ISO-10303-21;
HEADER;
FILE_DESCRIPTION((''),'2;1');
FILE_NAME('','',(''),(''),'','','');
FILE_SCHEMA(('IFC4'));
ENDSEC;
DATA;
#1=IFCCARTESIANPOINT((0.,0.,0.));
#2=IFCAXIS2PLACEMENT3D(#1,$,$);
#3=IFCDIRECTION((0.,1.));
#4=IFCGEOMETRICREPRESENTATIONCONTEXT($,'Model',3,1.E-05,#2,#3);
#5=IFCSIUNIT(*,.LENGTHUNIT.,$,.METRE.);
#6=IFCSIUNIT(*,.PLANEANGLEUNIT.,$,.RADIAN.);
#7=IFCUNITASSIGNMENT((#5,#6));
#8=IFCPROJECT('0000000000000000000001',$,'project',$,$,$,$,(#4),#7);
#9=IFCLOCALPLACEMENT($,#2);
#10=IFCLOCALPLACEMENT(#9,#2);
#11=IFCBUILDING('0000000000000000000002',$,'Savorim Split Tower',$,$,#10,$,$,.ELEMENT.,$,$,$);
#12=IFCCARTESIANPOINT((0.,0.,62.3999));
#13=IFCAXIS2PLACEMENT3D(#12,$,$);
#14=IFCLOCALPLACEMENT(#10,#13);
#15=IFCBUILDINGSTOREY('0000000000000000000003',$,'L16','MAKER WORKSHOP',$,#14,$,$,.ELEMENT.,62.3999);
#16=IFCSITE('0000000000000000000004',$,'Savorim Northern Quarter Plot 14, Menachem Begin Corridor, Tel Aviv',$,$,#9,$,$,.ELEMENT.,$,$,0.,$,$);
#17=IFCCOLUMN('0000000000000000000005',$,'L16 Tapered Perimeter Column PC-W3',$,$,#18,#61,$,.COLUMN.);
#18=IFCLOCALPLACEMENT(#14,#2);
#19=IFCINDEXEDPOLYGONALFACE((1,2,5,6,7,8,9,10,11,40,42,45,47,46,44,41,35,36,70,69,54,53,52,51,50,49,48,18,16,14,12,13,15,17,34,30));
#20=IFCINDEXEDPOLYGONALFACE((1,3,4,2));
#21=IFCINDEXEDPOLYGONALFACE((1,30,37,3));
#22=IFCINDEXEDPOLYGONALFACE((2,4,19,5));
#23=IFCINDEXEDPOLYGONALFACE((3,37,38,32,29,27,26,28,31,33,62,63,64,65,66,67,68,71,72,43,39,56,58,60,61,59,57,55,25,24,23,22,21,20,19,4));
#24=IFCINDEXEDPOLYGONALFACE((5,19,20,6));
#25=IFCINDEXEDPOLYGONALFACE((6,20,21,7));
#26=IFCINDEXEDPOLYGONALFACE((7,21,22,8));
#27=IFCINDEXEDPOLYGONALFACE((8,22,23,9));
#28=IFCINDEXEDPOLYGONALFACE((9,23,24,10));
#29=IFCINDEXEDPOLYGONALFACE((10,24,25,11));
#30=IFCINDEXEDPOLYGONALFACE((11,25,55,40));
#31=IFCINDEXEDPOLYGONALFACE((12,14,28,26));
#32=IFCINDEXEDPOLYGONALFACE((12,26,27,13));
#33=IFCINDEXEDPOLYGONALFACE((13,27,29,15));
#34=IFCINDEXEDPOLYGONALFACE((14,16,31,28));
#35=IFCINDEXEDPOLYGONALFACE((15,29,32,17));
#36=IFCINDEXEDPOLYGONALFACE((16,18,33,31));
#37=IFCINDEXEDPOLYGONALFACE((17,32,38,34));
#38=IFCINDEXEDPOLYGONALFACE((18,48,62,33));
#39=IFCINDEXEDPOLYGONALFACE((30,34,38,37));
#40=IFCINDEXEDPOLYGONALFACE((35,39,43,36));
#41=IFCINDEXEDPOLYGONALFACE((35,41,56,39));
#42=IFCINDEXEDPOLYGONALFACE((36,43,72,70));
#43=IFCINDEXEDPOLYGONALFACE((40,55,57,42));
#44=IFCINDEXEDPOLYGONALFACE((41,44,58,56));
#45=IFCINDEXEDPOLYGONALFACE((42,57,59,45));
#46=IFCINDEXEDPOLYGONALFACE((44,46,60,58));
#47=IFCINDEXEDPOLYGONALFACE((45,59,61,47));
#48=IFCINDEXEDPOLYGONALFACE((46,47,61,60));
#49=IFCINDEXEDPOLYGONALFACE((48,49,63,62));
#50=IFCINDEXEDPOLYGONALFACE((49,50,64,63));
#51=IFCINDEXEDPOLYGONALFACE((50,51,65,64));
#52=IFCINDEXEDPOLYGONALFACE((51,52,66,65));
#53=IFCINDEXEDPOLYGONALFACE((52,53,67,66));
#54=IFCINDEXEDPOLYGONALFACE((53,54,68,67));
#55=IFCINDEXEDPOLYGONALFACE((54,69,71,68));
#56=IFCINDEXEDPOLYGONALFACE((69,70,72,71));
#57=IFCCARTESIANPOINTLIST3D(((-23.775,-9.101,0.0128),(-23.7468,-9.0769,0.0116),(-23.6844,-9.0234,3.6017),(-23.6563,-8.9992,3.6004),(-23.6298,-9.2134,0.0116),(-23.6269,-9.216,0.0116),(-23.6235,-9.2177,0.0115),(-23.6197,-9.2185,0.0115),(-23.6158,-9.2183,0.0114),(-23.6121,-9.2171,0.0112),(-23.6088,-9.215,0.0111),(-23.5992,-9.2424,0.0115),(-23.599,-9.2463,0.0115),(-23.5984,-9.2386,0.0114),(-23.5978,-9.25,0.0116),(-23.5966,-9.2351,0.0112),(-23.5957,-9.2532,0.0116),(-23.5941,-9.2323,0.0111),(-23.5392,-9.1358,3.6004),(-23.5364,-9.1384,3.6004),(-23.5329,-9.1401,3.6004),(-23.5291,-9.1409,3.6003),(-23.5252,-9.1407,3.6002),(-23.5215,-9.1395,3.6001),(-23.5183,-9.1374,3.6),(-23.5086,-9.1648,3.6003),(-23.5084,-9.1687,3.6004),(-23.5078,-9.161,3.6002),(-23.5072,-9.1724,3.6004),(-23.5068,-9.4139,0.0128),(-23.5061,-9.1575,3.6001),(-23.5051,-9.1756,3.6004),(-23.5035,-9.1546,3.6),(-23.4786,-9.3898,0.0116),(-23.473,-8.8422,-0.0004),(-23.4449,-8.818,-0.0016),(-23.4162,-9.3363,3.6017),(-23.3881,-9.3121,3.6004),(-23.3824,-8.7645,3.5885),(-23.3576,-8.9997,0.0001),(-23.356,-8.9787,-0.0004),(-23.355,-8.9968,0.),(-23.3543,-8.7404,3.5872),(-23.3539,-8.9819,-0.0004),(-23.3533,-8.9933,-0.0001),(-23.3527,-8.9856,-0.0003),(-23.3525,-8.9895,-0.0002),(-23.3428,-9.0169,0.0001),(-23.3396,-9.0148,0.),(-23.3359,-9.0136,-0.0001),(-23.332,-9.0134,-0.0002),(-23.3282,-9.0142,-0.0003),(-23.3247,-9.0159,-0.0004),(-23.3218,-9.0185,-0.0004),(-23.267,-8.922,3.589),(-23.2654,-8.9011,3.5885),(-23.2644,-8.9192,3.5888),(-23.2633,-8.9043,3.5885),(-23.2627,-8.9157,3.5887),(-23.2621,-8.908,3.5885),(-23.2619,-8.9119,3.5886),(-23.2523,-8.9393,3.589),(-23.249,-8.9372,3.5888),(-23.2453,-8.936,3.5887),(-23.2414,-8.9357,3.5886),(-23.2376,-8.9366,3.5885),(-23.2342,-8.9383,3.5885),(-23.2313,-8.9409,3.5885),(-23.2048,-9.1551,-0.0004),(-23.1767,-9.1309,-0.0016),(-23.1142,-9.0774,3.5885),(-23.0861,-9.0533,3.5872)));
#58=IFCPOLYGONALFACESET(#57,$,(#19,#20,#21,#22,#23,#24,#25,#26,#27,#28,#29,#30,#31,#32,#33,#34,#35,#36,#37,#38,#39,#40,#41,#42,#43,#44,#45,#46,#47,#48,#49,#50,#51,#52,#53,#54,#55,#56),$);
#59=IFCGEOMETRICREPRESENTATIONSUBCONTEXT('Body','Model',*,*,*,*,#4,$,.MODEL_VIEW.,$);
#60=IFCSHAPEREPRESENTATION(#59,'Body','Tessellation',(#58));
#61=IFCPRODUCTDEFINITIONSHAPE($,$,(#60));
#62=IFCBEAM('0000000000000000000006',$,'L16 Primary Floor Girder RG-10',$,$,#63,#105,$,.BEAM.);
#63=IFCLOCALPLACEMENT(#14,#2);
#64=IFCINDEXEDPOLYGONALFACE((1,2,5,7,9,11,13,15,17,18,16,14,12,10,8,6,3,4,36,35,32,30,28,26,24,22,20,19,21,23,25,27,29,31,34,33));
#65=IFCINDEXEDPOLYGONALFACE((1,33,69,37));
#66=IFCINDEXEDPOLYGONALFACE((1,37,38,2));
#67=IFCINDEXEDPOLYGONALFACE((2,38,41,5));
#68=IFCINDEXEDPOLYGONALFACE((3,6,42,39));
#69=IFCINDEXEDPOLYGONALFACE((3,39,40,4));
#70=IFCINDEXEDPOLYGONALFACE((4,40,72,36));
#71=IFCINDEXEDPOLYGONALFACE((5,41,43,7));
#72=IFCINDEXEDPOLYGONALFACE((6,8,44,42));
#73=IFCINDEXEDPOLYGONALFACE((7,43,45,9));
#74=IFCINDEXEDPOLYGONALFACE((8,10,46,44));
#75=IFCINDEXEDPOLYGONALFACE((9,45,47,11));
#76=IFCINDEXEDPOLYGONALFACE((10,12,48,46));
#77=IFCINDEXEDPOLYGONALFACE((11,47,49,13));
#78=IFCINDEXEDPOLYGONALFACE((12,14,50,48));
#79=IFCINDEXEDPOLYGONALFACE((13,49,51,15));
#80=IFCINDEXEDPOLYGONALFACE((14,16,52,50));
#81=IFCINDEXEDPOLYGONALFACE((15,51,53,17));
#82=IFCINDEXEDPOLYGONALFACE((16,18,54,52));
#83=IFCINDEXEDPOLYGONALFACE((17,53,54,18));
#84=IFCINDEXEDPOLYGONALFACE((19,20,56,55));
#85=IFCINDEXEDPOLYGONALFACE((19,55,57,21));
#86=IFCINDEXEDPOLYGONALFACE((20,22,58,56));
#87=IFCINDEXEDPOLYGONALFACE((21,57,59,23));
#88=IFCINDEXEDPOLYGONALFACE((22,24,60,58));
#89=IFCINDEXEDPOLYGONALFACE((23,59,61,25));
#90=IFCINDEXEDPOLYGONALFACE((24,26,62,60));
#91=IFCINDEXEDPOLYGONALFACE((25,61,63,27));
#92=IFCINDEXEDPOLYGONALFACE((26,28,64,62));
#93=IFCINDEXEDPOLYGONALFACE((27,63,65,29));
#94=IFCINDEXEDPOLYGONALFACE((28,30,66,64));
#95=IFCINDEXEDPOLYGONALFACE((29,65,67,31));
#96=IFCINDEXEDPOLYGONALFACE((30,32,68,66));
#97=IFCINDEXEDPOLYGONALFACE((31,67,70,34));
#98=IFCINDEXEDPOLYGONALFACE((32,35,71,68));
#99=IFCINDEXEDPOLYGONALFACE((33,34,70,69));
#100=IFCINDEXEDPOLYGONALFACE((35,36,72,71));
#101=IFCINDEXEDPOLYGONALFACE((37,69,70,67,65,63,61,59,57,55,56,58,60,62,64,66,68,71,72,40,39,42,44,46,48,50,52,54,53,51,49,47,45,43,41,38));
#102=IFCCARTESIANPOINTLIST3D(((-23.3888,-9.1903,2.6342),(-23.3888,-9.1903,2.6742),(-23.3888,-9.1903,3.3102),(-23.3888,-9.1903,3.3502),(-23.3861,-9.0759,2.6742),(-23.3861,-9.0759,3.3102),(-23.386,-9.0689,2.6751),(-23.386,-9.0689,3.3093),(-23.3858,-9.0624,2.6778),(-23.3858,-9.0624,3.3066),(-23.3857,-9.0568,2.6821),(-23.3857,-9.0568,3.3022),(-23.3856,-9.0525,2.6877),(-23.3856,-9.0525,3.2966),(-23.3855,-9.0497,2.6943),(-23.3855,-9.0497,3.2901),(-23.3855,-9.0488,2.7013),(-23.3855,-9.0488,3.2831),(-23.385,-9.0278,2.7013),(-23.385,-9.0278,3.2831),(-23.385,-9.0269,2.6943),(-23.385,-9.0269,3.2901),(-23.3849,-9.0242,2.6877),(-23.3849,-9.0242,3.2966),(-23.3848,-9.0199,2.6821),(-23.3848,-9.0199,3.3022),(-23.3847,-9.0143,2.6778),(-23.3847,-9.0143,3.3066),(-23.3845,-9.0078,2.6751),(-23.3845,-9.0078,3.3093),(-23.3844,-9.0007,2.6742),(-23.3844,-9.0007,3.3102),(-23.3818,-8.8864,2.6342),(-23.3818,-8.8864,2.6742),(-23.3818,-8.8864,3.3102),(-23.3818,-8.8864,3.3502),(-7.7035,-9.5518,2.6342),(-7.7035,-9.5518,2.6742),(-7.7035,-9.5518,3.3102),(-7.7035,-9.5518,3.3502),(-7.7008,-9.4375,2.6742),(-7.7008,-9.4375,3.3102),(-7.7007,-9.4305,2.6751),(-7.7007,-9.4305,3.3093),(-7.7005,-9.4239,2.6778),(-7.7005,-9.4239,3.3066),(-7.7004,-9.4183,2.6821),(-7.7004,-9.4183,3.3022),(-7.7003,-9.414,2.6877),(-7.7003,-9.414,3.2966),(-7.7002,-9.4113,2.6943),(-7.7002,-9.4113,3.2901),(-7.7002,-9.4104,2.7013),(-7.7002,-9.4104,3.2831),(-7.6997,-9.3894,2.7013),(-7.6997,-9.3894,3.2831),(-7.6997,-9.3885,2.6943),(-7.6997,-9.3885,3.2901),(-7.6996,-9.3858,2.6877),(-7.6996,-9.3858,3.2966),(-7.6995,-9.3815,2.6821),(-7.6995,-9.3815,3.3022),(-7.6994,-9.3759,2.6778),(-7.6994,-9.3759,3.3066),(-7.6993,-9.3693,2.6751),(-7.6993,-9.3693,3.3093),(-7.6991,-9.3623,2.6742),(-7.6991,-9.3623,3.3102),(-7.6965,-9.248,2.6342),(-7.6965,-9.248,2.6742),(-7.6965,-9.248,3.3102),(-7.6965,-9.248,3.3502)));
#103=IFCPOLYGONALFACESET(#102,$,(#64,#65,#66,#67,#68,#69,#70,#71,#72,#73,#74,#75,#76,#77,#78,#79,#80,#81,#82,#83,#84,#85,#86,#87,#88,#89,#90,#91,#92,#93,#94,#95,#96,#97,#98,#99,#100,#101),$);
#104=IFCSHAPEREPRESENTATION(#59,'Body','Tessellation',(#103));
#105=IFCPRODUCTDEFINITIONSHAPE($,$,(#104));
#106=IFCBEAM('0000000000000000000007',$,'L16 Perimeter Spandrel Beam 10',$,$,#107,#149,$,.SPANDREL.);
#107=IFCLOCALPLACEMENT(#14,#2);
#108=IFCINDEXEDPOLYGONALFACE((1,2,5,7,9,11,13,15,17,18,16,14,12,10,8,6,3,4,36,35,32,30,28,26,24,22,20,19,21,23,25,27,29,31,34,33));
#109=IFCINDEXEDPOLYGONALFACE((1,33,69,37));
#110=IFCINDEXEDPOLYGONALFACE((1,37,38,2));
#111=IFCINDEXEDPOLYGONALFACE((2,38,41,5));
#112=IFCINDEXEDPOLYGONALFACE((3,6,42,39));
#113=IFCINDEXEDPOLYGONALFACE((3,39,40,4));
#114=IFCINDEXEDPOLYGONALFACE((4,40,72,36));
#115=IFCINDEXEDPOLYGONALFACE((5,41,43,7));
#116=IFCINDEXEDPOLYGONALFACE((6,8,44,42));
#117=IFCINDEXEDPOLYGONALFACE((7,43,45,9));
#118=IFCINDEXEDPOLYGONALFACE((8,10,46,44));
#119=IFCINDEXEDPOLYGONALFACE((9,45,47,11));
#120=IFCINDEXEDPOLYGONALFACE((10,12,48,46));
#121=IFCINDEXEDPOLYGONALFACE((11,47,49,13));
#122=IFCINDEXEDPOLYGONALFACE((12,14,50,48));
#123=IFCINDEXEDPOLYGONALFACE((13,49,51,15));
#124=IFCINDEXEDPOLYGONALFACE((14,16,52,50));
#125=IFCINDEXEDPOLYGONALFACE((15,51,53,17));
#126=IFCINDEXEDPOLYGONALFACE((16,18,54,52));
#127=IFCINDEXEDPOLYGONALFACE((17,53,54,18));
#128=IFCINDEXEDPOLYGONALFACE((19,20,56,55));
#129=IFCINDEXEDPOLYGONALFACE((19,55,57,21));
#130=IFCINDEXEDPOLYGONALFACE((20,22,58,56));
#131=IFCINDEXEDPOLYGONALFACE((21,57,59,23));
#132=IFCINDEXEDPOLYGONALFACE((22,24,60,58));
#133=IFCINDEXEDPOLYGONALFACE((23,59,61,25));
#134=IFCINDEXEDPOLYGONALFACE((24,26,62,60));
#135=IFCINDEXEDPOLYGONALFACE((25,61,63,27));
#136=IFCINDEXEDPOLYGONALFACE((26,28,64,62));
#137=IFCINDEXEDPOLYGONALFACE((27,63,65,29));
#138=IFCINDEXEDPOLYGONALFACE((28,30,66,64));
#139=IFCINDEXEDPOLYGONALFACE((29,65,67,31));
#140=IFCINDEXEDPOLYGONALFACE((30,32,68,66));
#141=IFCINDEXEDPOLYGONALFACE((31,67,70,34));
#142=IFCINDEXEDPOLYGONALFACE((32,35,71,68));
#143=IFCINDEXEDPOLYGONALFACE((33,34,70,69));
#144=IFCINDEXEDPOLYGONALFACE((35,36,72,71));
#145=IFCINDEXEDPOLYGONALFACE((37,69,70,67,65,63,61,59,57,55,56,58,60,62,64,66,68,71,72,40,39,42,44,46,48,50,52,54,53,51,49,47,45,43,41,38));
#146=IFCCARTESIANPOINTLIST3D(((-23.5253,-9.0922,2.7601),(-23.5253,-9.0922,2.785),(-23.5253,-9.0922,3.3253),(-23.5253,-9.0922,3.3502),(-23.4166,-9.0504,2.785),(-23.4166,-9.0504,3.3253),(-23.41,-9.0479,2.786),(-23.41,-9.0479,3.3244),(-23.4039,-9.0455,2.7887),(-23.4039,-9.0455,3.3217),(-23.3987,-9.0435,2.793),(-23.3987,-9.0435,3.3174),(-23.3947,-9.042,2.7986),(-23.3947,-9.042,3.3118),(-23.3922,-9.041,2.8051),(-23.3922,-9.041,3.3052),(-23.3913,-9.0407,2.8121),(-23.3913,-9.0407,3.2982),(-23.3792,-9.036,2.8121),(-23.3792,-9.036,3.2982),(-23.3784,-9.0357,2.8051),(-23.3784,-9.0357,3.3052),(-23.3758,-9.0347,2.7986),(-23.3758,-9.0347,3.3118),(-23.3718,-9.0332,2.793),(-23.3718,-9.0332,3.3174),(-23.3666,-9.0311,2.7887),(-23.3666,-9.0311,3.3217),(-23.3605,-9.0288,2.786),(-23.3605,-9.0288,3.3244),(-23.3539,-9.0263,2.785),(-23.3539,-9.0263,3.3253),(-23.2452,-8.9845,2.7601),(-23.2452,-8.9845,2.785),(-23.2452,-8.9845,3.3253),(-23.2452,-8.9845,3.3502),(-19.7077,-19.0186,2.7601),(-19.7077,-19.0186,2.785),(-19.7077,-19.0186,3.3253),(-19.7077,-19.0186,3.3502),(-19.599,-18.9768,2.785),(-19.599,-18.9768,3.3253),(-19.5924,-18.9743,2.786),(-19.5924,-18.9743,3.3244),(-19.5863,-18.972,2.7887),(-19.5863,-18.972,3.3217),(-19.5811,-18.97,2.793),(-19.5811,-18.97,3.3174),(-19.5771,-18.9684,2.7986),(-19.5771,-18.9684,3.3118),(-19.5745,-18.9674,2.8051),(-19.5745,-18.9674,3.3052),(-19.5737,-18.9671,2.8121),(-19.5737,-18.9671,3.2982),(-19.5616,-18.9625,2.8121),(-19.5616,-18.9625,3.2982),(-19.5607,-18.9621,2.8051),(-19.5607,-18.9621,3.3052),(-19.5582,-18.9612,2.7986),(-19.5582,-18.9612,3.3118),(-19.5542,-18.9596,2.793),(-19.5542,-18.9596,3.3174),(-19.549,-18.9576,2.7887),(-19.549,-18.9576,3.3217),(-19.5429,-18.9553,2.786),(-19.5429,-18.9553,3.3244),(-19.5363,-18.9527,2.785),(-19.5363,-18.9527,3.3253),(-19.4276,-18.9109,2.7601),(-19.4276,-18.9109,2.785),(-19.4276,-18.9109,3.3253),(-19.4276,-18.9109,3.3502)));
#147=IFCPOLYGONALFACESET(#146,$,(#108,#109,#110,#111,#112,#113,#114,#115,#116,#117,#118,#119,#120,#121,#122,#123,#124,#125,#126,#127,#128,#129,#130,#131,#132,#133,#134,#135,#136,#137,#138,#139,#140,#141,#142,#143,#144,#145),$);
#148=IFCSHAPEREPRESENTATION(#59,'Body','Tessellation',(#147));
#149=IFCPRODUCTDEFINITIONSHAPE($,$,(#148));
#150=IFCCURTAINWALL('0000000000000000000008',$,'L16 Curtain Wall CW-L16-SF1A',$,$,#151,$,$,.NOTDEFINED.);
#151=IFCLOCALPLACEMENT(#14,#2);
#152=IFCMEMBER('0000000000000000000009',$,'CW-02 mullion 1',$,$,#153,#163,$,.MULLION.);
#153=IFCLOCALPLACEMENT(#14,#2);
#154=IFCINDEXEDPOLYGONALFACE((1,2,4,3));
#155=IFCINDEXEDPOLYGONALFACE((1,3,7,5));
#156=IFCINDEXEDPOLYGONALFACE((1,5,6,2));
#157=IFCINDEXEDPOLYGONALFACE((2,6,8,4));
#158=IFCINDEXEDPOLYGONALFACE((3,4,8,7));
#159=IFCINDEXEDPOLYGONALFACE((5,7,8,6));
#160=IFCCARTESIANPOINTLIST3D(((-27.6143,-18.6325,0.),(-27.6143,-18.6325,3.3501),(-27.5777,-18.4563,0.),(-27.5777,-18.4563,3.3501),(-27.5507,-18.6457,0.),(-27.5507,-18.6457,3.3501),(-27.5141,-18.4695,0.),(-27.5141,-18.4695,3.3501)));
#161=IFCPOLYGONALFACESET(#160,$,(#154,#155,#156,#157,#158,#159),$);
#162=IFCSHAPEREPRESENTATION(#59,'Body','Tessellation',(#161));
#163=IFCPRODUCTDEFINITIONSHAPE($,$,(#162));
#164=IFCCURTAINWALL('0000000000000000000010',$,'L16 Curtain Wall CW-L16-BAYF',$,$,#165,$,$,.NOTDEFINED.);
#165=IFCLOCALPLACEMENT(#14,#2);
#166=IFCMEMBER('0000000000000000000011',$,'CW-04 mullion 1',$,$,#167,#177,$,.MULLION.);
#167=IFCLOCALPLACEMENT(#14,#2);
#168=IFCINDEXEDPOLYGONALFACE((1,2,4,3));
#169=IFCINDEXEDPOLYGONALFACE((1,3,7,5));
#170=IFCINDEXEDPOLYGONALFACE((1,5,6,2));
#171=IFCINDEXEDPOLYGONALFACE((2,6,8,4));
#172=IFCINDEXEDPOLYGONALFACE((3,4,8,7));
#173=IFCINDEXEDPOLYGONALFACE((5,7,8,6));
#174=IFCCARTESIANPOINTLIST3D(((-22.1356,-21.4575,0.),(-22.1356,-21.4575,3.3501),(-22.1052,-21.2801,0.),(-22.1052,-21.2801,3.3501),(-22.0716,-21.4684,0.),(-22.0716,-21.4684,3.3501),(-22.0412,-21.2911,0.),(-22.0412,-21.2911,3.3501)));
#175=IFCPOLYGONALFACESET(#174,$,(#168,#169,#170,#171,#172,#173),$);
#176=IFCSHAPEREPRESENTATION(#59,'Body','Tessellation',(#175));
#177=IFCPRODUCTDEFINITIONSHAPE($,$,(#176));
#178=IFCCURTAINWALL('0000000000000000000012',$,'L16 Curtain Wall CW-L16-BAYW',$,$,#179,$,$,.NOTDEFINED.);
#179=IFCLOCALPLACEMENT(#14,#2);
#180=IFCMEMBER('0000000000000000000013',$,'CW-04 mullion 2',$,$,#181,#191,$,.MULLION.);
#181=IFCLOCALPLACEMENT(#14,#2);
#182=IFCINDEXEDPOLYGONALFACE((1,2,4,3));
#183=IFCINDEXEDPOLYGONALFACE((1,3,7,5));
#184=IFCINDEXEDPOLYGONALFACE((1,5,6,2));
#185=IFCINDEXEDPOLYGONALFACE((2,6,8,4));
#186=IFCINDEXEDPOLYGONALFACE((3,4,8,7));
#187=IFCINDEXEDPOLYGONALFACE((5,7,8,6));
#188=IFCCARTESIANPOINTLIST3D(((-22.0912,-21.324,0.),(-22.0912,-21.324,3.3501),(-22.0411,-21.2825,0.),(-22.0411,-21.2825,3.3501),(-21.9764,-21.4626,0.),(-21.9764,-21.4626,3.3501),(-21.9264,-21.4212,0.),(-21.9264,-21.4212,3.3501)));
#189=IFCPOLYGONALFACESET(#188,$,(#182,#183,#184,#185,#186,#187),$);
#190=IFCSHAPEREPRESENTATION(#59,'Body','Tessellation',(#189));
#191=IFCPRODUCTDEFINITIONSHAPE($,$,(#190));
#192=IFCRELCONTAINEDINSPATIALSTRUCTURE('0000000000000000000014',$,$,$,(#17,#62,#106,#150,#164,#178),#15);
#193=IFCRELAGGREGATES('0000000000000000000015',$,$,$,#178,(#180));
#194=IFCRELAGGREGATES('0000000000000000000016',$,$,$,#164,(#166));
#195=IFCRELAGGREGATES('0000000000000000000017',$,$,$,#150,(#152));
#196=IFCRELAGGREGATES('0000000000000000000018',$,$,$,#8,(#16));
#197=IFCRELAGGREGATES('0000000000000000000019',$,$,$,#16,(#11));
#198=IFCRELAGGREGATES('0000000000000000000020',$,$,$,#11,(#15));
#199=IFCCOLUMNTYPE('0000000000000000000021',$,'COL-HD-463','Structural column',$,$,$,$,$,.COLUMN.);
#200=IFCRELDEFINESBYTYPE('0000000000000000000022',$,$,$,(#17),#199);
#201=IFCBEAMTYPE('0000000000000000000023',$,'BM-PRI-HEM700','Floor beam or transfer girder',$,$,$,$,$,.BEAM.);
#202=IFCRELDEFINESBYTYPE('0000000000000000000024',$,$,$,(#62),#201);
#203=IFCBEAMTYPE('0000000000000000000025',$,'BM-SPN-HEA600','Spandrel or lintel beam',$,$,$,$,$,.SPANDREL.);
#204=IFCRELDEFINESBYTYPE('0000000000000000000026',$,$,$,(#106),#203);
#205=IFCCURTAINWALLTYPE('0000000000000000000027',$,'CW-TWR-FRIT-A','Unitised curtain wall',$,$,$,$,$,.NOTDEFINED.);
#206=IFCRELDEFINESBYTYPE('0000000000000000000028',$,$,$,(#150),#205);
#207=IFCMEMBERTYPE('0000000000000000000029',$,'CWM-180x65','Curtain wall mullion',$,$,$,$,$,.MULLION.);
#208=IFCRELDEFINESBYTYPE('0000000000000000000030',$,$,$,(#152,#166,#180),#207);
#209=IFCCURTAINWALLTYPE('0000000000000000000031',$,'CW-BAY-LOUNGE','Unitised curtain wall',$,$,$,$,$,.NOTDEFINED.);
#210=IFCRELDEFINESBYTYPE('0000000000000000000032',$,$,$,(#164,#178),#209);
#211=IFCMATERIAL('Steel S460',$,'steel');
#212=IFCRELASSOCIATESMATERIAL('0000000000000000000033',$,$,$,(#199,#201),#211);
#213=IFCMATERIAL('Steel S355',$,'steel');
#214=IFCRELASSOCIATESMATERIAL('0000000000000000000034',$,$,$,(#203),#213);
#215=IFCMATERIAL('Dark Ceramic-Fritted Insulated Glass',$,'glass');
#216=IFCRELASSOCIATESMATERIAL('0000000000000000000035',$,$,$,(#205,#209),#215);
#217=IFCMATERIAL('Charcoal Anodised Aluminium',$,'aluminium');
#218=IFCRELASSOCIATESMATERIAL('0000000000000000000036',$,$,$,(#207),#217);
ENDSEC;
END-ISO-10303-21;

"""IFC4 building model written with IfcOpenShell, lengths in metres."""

from ifc_helpers import new_model, si_unit, direction, frame, origin, origin_2d, place, context, subcontext, project, spatial, rectangle, i_section, extrude, material, material_profile, profile_set, type_object, element, aggregate, save


model = new_model("IFC4")

# Units and contexts
model_context = context("Model", 3, precision=1e-05, world=origin(), true_north=direction((0.0, 1.0)))
body_context = subcontext(model_context, "Body", "Model", "MODEL_VIEW")
ifc_project = project(units=[si_unit("LENGTHUNIT", "METRE"), si_unit("PLANEANGLEUNIT", "RADIAN")], contexts=[model_context])

# Site, building, storey
site_placement = place(None, origin())
site = spatial("IfcSite", under=ifc_project, at=site_placement, Name="Savorim Northern Quarter Plot 14, Menachem Begin Corridor, Tel Aviv", CompositionType="ELEMENT", RefElevation=0.0)
building_placement = place(site_placement, origin())
building = spatial("IfcBuilding", under=site, at=building_placement, Name="Savorim Split Tower", CompositionType="ELEMENT")
storey_placement = place(building_placement, frame((0.0, 0.0, 62.3999)))
storey = spatial("IfcBuildingStorey", under=building, at=storey_placement, Name="L16", Description="MAKER WORKSHOP", CompositionType="ELEMENT", Elevation=62.3999)

# Column
ifc_material_1 = material(Name="Steel S460", Category="steel")
ifc_material_profile_1 = material_profile(ifc_material_1, i_section(OverallWidth=0.4121, OverallDepth=0.4351, WebThickness=0.0227, FlangeThickness=0.0371, FilletRadius=0.0149, at=origin_2d()), Name="HD 400x463")
ifc_profile_set_1 = profile_set([ifc_material_profile_1], Name="Steel S460")
column_type = type_object("IfcColumnType", Name="COL-HD-463", Description="Structural column", PredefinedType="COLUMN", material=ifc_profile_set_1)
column_placement = place(storey_placement, frame((-23.4758, -9.116, 0.0056), z_axis=(0.025224, 0.021621, 0.999448), x_axis=(-0.650791, 0.759257, 0.0)))
element("IfcColumn", 1, at=column_placement, inside=storey, type_object=column_type, Name="L16 Tapered Perimeter Column PC-W3", PredefinedType="COLUMN", context=body_context, shape_type="SweptSolid", body=[
    extrude(i_section(OverallWidth=0.4121, OverallDepth=0.4351, WebThickness=0.0227, FlangeThickness=0.0371, FilletRadius=0.0149, at=origin_2d()), origin(), (0.0, 0.0, 1.0), 3.5908),
])

# Beams
ifc_material_profile_2 = material_profile(ifc_material_1, i_section(OverallWidth=0.304, OverallDepth=0.7161, WebThickness=0.021, FlangeThickness=0.04, FilletRadius=0.0271, at=origin_2d()), Name="HE 700 M")
ifc_profile_set_2 = profile_set([ifc_material_profile_2], Name="Steel S460")
beam_type_1 = type_object("IfcBeamType", Name="BM-PRI-HEM700", Description="Floor beam or transfer girder", PredefinedType="BEAM", material=ifc_profile_set_2)
beam_1_placement = place(storey_placement, frame((-23.3853, -9.0383, 2.9922), z_axis=(0.999734, -0.023046, 0.0), x_axis=(0.023046, 0.999734, 0.0)))
element("IfcBeam", 2, at=beam_1_placement, inside=storey, type_object=beam_type_1, Name="L16 Primary Floor Girder RG-10", PredefinedType="BEAM", context=body_context, shape_type="SweptSolid", body=[
    extrude(i_section(OverallWidth=0.304, OverallDepth=0.7161, WebThickness=0.021, FlangeThickness=0.04, FilletRadius=0.0271, at=origin_2d()), origin(), (0.0, 0.0, 1.0), 15.6895),
])
ifc_material_2 = material(Name="Steel S355", Category="steel")
ifc_material_profile_3 = material_profile(ifc_material_2, i_section(OverallWidth=0.3, OverallDepth=0.5901, WebThickness=0.0129, FlangeThickness=0.0249, FilletRadius=0.0271, at=origin_2d()), Name="HEA 600")
ifc_profile_set_3 = profile_set([ifc_material_profile_3], Name="Steel S355")
beam_type_2 = type_object("IfcBeamType", Name="BM-SPN-HEA600", Description="Spandrel or lintel beam", PredefinedType="SPANDREL", material=ifc_profile_set_3)
beam_2_placement = place(storey_placement, frame((-23.3853, -9.0383, 3.0552), z_axis=(0.358958, -0.933354, 0.0), x_axis=(0.933354, 0.358958, 0.0)))
element("IfcBeam", 3, at=beam_2_placement, inside=storey, type_object=beam_type_2, Name="L16 Perimeter Spandrel Beam 10", PredefinedType="SPANDREL", context=body_context, shape_type="SweptSolid", body=[
    extrude(i_section(OverallWidth=0.3, OverallDepth=0.5901, WebThickness=0.0129, FlangeThickness=0.0249, FilletRadius=0.0271, at=origin_2d()), origin(), (0.0, 0.0, 1.0), 10.6353),
])

# Curtain walls, members
ifc_material_3 = material(Name="Dark Ceramic-Fritted Insulated Glass", Category="glass")
curtain_wall_type_1 = type_object("IfcCurtainWallType", Name="CW-TWR-FRIT-A", Description="Unitised curtain wall", PredefinedType="NOTDEFINED", material=ifc_material_3)
curtain_wall_1_placement = place(storey_placement, origin())
curtain_wall_1 = element("IfcCurtainWall", 4, at=curtain_wall_1_placement, inside=storey, type_object=curtain_wall_type_1, Name="L16 Curtain Wall CW-L16-SF1A", PredefinedType="NOTDEFINED")
ifc_material_4 = material(Name="Charcoal Anodised Aluminium", Category="aluminium")
ifc_material_profile_4 = material_profile(ifc_material_4, rectangle(XDim=0.1799, YDim=0.0649, at=origin_2d()), Name="ALU-M 180x65")
ifc_profile_set_4 = profile_set([ifc_material_profile_4], Name="Charcoal Anodised Aluminium")
member_type_1 = type_object("IfcMemberType", Name="CWM-180x65", Description="Curtain wall mullion", PredefinedType="MULLION", material=ifc_profile_set_4)
member_1_placement = place(storey_placement, frame((-27.5642, -18.551, 0.0), z_axis=(0.0, 0.0, 1.0), x_axis=(0.20321, 0.979135, 0.0)))
member_1 = element("IfcMember", 5, at=member_1_placement, type_object=member_type_1, Name="CW-02 mullion 1", PredefinedType="MULLION", context=body_context, shape_type="SweptSolid", body=[
    extrude(rectangle(XDim=0.1799, YDim=0.0649, at=origin_2d()), origin(), (0.0, 0.0, 1.0), 3.3501),
])
curtain_wall_type_2 = type_object("IfcCurtainWallType", Name="CW-BAY-LOUNGE", Description="Unitised curtain wall", PredefinedType="NOTDEFINED", material=ifc_material_3)
curtain_wall_2_placement = place(storey_placement, origin())
curtain_wall_2 = element("IfcCurtainWall", 6, at=curtain_wall_2_placement, inside=storey, type_object=curtain_wall_type_2, Name="L16 Curtain Wall CW-L16-BAYF", PredefinedType="NOTDEFINED")
member_2_placement = place(storey_placement, frame((-22.0884, -21.3743, 0.0), z_axis=(0.0, 0.0, 1.0), x_axis=(0.168923, 0.985629, 0.0)))
member_2 = element("IfcMember", 7, at=member_2_placement, type_object=member_type_1, Name="CW-04 mullion 1", PredefinedType="MULLION", context=body_context, shape_type="SweptSolid", body=[
    extrude(rectangle(XDim=0.1799, YDim=0.0649, at=origin_2d()), origin(), (0.0, 0.0, 1.0), 3.3501),
])
curtain_wall_3_placement = place(storey_placement, origin())
curtain_wall_3 = element("IfcCurtainWall", 8, at=curtain_wall_3_placement, inside=storey, type_object=curtain_wall_type_2, Name="L16 Curtain Wall CW-L16-BAYW", PredefinedType="NOTDEFINED")
member_3_placement = place(storey_placement, frame((-22.0088, -21.3726, 0.0), z_axis=(0.0, 0.0, 1.0), x_axis=(0.637608, -0.770361, 0.0)))
member_3 = element("IfcMember", 9, at=member_3_placement, type_object=member_type_1, Name="CW-04 mullion 2", PredefinedType="MULLION", context=body_context, shape_type="SweptSolid", body=[
    extrude(rectangle(XDim=0.1799, YDim=0.0649, at=origin_2d()), origin(), (0.0, 0.0, 1.0), 3.3501),
])
aggregate(curtain_wall_3, [member_3])

aggregate(curtain_wall_2, [member_2])

aggregate(curtain_wall_1, [member_1])

save(model, "model.ifc")
